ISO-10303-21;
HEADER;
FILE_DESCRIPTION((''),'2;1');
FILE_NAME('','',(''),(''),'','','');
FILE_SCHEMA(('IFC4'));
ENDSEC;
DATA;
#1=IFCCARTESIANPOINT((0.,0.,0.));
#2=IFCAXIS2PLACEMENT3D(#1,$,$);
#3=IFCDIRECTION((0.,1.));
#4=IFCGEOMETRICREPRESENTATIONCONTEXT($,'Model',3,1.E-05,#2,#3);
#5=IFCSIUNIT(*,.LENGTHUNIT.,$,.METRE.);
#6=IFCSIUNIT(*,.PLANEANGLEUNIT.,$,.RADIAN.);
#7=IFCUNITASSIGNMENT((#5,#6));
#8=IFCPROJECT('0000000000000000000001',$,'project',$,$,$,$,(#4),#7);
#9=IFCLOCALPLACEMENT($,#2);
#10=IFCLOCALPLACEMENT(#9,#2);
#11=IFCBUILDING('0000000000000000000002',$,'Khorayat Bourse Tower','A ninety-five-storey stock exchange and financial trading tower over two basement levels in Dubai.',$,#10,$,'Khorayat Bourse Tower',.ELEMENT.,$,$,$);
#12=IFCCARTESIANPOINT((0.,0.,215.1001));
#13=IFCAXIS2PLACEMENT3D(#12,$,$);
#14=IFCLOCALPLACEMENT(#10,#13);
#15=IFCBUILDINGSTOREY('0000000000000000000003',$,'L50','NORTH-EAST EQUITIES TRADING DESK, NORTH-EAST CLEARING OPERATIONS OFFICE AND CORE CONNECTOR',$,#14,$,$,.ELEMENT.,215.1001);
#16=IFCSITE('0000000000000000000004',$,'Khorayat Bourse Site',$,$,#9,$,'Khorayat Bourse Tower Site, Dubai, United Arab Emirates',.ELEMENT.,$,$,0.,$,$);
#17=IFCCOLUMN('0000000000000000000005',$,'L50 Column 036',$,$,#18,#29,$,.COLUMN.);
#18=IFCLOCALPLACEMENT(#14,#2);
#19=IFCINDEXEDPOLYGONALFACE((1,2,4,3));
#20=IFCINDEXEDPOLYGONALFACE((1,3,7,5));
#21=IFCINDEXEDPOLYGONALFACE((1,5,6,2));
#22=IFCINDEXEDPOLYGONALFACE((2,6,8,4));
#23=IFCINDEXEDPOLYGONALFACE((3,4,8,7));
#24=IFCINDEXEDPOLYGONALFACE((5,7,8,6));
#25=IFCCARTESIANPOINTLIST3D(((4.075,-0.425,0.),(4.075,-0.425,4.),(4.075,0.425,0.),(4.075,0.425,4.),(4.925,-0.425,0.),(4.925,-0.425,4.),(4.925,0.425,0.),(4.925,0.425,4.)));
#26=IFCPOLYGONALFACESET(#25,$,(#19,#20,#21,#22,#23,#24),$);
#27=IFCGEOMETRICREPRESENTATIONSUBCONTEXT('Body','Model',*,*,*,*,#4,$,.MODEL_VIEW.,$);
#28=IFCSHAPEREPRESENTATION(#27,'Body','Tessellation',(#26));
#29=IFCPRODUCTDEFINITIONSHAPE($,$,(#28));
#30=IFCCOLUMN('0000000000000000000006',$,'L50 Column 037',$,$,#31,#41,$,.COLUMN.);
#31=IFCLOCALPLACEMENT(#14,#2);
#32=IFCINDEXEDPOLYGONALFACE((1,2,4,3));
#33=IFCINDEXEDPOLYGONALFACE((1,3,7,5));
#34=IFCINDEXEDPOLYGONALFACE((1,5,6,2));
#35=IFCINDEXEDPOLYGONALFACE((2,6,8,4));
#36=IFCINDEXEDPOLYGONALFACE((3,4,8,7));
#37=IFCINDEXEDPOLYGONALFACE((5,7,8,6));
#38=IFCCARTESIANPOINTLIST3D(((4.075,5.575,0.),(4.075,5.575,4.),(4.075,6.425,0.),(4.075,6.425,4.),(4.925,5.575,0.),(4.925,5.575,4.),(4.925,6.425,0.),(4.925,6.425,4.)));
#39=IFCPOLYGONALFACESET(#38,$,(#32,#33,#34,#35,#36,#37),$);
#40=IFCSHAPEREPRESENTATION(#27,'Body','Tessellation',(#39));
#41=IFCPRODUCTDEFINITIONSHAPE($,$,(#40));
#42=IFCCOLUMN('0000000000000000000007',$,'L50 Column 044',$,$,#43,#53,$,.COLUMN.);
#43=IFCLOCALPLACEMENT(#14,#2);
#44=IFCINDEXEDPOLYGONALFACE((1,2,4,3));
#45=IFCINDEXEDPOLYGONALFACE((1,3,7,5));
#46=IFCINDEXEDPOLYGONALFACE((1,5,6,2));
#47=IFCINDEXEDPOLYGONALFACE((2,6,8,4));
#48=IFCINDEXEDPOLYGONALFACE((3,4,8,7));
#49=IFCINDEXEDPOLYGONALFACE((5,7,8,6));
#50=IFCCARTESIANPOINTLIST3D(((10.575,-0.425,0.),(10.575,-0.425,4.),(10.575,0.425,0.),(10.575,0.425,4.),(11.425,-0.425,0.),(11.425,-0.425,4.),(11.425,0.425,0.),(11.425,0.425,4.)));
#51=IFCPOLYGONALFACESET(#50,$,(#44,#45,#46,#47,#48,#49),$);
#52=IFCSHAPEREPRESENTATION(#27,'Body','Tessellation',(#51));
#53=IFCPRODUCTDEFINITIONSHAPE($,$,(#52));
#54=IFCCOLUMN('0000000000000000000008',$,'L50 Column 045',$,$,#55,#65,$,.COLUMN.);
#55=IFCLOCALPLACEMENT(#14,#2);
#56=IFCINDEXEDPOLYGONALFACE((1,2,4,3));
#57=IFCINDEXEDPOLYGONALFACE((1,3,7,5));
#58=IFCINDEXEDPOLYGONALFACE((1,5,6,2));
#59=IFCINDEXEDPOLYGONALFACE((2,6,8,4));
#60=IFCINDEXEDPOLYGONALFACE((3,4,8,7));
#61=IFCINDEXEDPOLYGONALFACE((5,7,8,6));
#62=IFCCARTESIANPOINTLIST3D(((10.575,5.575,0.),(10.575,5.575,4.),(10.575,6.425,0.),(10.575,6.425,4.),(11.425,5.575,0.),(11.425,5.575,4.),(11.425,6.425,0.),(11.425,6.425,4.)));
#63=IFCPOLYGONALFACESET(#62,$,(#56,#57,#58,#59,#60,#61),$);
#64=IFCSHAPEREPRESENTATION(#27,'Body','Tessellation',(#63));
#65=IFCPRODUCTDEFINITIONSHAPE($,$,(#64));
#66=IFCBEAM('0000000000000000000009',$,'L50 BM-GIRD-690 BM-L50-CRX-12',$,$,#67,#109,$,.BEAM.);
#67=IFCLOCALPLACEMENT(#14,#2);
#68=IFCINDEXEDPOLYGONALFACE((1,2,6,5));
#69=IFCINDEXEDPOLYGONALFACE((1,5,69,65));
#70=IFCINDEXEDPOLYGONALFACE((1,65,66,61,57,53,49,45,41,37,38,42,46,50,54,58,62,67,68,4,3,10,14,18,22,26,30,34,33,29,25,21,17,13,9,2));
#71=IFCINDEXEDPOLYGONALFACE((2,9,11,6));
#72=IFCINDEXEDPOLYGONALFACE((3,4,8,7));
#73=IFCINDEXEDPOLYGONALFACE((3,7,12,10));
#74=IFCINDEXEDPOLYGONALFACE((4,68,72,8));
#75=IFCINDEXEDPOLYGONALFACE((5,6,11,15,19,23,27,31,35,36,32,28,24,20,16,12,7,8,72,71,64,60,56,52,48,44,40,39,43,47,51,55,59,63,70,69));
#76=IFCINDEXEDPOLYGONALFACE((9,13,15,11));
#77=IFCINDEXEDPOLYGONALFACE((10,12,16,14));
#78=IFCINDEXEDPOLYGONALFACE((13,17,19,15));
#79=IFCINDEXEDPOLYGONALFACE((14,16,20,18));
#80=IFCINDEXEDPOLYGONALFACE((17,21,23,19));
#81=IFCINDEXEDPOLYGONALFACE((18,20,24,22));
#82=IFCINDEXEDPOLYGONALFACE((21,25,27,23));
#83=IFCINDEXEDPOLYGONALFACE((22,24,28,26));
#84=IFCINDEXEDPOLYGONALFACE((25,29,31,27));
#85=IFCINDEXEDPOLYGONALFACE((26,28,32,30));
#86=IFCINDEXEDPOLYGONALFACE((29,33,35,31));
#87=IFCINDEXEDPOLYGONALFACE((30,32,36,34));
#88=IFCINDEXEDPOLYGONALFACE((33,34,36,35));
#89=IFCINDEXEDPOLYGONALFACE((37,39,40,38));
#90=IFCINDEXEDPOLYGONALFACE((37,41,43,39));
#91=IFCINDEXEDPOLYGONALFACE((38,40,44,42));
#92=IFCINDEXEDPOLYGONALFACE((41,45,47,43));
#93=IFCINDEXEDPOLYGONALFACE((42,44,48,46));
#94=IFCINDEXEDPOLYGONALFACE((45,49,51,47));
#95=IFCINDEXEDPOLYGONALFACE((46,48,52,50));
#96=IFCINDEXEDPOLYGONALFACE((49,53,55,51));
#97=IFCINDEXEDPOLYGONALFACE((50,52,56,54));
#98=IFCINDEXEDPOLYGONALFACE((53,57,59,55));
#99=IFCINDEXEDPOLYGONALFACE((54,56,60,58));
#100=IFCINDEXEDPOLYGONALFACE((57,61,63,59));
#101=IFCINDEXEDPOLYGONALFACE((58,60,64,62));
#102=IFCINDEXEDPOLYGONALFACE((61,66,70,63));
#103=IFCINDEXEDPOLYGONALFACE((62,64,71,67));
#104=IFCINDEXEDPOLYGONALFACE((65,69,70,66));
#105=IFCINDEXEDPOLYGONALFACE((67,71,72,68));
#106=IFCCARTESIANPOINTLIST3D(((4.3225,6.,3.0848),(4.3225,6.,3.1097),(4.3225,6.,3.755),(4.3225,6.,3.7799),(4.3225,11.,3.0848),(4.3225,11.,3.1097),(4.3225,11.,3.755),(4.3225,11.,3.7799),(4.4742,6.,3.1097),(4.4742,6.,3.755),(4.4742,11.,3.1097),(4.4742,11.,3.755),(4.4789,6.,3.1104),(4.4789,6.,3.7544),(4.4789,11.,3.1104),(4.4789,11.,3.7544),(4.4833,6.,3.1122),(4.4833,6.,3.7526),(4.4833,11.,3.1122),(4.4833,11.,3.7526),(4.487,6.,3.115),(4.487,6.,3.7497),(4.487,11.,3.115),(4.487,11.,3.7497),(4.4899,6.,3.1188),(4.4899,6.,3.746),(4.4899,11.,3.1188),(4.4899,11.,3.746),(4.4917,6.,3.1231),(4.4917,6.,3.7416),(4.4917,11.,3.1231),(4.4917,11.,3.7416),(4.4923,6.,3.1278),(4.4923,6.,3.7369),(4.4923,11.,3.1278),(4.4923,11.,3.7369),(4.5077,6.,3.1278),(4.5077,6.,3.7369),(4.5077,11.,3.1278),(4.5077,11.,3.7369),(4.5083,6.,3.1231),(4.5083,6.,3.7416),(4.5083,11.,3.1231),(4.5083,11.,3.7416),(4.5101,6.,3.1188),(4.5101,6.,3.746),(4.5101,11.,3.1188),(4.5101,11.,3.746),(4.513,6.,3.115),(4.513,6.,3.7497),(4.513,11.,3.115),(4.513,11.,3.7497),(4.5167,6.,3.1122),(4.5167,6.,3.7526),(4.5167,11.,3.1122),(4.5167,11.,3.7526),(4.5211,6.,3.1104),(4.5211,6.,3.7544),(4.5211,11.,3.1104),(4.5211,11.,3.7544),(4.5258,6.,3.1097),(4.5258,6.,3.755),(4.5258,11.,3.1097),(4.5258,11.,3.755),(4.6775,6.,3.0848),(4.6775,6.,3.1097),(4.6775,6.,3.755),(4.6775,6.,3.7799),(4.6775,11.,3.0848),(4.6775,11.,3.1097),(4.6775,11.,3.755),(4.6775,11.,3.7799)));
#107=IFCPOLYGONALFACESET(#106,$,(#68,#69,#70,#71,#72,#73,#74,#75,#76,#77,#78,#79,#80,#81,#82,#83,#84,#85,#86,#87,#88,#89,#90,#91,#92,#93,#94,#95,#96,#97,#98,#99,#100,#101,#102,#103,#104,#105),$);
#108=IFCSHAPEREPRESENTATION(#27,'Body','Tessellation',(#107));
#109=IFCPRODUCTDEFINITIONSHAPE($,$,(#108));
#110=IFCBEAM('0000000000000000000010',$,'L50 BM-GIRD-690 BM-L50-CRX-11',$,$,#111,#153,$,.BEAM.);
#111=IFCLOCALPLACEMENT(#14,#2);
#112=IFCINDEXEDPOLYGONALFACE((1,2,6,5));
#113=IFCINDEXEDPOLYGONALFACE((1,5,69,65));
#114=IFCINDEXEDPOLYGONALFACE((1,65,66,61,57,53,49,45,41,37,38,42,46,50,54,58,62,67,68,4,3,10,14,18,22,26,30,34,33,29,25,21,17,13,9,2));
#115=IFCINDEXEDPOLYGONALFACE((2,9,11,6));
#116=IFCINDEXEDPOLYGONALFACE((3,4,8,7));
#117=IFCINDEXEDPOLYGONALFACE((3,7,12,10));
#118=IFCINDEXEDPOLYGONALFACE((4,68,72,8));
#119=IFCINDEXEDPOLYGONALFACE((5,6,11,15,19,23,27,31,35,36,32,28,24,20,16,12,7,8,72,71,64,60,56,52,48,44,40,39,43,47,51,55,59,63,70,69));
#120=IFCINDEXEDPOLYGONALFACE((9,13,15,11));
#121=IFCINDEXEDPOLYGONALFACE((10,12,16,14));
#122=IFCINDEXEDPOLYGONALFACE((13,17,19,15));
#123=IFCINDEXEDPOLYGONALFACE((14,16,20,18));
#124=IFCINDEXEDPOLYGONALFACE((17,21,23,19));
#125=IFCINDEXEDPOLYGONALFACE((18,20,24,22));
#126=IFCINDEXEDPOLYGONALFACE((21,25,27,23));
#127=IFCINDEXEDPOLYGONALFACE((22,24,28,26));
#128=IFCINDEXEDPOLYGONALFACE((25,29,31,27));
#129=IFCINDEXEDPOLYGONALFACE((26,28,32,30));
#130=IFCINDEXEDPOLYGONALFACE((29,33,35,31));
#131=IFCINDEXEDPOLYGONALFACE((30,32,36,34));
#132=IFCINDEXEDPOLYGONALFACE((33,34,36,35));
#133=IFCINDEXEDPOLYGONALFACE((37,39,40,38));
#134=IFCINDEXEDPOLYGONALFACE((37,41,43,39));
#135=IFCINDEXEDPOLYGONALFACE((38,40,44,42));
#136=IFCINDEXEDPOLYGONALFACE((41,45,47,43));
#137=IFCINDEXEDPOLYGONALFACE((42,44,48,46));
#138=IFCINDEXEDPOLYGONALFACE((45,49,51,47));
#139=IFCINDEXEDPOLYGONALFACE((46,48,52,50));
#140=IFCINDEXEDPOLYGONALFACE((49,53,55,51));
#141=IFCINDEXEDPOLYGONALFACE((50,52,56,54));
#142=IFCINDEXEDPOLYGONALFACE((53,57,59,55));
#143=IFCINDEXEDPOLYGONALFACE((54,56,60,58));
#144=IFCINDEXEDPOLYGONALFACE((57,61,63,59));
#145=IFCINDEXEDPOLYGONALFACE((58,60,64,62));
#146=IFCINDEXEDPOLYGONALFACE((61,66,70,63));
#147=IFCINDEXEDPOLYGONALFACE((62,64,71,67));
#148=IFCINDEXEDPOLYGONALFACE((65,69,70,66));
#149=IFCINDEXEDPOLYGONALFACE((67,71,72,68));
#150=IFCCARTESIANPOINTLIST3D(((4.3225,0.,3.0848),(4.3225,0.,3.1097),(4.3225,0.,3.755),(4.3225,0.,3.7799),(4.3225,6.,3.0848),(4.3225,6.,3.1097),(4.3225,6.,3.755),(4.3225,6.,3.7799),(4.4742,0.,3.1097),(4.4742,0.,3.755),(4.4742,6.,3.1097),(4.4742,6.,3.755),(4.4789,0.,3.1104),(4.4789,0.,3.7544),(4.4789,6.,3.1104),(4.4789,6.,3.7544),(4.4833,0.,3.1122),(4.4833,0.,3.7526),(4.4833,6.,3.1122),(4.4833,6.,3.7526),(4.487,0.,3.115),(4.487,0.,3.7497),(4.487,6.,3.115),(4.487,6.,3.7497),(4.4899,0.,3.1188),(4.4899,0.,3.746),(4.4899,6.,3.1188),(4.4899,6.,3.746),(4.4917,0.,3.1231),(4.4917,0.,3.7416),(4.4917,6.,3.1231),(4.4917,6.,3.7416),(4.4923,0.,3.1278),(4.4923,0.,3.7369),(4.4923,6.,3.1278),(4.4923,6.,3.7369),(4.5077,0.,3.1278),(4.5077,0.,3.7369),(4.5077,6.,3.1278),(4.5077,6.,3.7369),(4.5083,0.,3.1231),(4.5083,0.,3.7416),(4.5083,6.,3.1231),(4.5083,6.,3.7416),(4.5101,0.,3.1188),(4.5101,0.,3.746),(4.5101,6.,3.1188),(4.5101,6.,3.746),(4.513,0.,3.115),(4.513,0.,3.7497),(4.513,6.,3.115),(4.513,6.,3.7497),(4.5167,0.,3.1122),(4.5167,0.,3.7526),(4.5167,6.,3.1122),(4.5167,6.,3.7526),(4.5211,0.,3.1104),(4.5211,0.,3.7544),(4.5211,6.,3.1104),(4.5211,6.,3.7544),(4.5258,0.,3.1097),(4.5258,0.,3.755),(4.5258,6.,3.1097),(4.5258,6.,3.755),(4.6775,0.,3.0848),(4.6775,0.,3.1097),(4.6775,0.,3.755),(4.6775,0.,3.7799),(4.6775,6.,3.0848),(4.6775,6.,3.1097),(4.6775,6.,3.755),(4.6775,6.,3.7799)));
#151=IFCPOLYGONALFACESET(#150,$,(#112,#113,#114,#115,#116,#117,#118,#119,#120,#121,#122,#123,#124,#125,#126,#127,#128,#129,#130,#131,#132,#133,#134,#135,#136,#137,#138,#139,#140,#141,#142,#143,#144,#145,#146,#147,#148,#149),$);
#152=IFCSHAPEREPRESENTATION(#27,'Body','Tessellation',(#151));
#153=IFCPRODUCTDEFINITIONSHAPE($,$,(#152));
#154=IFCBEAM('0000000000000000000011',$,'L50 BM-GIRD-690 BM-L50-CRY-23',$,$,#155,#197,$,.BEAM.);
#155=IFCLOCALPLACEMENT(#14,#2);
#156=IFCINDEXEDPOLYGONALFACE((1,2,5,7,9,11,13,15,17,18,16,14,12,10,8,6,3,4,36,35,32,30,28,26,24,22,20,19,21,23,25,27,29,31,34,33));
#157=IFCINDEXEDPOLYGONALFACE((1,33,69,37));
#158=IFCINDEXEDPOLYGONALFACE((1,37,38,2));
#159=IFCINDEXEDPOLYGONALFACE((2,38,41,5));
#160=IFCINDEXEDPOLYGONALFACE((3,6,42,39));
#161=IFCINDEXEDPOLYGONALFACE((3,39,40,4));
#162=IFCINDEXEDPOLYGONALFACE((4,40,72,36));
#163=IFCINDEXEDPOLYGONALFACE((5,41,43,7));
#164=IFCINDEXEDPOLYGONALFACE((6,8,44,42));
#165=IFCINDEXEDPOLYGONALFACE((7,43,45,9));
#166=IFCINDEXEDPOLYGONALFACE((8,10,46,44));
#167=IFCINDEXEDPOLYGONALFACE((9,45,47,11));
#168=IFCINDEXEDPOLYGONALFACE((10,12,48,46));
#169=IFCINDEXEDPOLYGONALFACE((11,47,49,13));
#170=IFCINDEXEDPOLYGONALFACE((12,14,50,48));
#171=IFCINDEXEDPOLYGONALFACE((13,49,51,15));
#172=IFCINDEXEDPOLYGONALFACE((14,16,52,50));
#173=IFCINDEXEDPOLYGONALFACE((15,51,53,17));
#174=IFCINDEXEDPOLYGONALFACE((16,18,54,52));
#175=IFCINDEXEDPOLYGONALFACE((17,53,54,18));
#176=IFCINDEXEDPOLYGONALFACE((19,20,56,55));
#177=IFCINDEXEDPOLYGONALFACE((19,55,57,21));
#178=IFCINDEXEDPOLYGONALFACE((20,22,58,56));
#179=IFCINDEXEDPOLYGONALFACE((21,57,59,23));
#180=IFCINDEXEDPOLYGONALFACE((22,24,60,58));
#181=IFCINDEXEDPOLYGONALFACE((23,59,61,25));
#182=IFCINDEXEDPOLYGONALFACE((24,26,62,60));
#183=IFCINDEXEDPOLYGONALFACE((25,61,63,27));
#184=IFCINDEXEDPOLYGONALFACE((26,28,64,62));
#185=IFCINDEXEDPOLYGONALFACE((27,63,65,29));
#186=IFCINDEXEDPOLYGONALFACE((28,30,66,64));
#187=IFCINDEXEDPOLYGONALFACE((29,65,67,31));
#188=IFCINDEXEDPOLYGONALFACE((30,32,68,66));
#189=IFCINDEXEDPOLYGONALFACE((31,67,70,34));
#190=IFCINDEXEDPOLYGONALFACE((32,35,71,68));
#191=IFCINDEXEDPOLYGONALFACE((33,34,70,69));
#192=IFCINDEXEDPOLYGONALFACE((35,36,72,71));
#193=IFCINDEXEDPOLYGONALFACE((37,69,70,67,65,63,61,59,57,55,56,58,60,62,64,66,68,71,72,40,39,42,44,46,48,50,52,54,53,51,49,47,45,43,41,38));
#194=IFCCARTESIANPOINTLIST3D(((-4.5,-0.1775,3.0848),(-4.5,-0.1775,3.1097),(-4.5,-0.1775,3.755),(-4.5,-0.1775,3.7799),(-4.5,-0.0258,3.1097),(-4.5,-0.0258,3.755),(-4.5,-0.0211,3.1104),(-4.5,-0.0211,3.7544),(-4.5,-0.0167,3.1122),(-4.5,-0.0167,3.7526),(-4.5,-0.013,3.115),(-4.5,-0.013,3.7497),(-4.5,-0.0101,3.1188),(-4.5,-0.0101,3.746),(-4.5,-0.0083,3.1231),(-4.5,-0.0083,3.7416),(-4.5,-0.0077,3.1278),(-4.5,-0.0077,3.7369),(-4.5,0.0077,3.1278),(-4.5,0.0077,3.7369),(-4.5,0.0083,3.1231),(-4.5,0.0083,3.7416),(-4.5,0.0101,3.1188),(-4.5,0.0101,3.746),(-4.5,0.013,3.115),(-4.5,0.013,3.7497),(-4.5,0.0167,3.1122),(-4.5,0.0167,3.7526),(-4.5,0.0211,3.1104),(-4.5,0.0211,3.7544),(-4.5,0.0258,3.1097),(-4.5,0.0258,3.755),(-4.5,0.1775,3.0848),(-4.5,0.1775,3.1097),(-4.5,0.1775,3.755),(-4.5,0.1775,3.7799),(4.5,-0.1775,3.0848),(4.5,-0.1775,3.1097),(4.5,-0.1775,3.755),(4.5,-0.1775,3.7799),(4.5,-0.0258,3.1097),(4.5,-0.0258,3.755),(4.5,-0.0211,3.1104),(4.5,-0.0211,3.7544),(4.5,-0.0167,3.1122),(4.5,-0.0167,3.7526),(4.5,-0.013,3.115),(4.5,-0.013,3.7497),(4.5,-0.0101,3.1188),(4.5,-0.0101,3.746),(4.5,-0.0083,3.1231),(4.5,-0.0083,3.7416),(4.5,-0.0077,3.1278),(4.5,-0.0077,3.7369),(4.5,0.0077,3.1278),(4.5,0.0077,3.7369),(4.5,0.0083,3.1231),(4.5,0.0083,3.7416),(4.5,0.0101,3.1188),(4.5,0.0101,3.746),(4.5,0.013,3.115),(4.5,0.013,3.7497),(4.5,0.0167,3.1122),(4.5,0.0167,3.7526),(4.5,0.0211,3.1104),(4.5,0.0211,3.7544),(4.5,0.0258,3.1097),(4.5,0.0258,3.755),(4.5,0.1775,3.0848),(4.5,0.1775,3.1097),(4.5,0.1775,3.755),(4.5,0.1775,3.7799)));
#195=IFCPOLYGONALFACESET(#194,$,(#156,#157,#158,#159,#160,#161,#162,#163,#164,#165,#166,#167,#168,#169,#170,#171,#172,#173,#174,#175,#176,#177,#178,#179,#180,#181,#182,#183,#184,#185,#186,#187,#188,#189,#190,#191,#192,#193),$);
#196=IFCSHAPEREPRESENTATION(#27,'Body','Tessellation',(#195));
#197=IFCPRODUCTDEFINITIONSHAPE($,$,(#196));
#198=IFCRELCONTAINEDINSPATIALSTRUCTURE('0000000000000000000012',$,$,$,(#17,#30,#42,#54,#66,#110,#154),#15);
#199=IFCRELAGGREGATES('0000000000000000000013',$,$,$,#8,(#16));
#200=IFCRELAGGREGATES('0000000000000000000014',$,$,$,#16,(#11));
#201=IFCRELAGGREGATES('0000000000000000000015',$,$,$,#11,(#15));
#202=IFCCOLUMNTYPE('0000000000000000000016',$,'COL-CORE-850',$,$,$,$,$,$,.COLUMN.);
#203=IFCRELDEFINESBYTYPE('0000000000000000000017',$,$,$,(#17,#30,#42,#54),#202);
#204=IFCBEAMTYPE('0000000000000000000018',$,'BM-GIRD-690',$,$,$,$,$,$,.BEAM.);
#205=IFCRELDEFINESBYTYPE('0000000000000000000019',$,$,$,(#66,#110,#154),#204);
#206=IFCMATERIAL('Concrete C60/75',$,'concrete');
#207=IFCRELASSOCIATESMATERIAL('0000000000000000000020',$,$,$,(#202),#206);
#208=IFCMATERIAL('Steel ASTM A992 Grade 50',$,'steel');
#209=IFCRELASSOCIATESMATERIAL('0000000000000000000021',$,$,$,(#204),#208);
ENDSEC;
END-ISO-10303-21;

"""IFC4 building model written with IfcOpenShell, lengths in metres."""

from ifc_helpers import new_model, si_unit, direction, frame, origin, origin_2d, place, context, subcontext, project, spatial, rectangle, i_section, extrude, source, transform, mapped, material, material_profile, profile_set, type_object, element, save


model = new_model("IFC4")

# Units and contexts
model_context = context("Model", 3, precision=1e-05, world=origin(), true_north=direction((0.0, 1.0)))
body_context = subcontext(model_context, "Body", "Model", "MODEL_VIEW")
ifc_project = project(units=[si_unit("LENGTHUNIT", "METRE"), si_unit("PLANEANGLEUNIT", "RADIAN")], contexts=[model_context])

# Site, building, storey
site_placement = place(None, origin())
site = spatial("IfcSite", under=ifc_project, at=site_placement, Name="Khorayat Bourse Site", LongName="Khorayat Bourse Tower Site, Dubai, United Arab Emirates", CompositionType="ELEMENT", RefElevation=0.0)
building_placement = place(site_placement, origin())
building = spatial("IfcBuilding", under=site, at=building_placement, Name="Khorayat Bourse Tower", Description="A ninety-five-storey stock exchange and financial trading tower over two basement levels in Dubai.", LongName="Khorayat Bourse Tower", CompositionType="ELEMENT")
storey_placement = place(building_placement, frame((0.0, 0.0, 215.1001)))
storey = spatial("IfcBuildingStorey", under=building, at=storey_placement, Name="L50", Description="NORTH-EAST EQUITIES TRADING DESK, NORTH-EAST CLEARING OPERATIONS OFFICE AND CORE CONNECTOR", CompositionType="ELEMENT", Elevation=215.1001)

# Columns
ifc_material_1 = material(Name="Concrete C60/75", Category="concrete")
ifc_material_profile_1 = material_profile(ifc_material_1, rectangle(XDim=0.8501, YDim=0.8501, at=origin_2d()), Name="RC 850x850")
ifc_profile_set_1 = profile_set([ifc_material_profile_1], Name="Concrete C60/75")
column_type = type_object("IfcColumnType", Name="COL-CORE-850", PredefinedType="COLUMN", material=ifc_profile_set_1)
shared_shape_1 = source(origin(), body_context, "Body", "SweptSolid", [
    extrude(rectangle(XDim=0.8501, YDim=0.8501, at=origin_2d()), origin(), (0.0, 0.0, 1.0), 4.0),
])
for number, where, z_axis, x_axis, name in (
    (1, (4.5, 0.0, 0.0), (0.0, 0.0, 1.0), (1.0, 0.0, 0.0), "L50 Column 036"),
    (2, (4.5, 6.0, 0.0), (0.0, 0.0, 1.0), (1.0, 0.0, 0.0), "L50 Column 037"),
    (3, (11.0, 0.0, 0.0), (0.0, 0.0, 1.0), (1.0, 0.0, 0.0), "L50 Column 044"),
    (4, (11.0, 6.0, 0.0), (0.0, 0.0, 1.0), (1.0, 0.0, 0.0), "L50 Column 045"),
):
    element("IfcColumn", number, at=place(storey_placement, frame(where, z_axis=z_axis, x_axis=x_axis)), inside=storey, type_object=column_type, Name=name, PredefinedType="COLUMN", context=body_context, shape_type="MappedRepresentation", body=[
        mapped(shared_shape_1, transform((0.0, 0.0, 0.0), scale=1.0)),
    ])

# Beams
ifc_material_2 = material(Name="Steel ASTM A992 Grade 50", Category="steel")
ifc_material_profile_2 = material_profile(ifc_material_2, i_section(OverallWidth=0.355, OverallDepth=0.6951, WebThickness=0.0154, FlangeThickness=0.0249, FilletRadius=0.0181, at=origin_2d()), Name="W690X217")
ifc_profile_set_2 = profile_set([ifc_material_profile_2], Name="Steel ASTM A992 Grade 50")
beam_type_1 = type_object("IfcBeamType", Name="BM-GIRD-690", PredefinedType="BEAM", material=ifc_profile_set_2)
shared_shape_2 = source(origin(), body_context, "Body", "SweptSolid", [
    extrude(i_section(OverallWidth=0.355, OverallDepth=0.6951, WebThickness=0.0154, FlangeThickness=0.0249, FilletRadius=0.0181, at=origin_2d()), origin(), (0.0, 0.0, 1.0), 5.0),
])
beam_1_placement = place(storey_placement, frame((4.5, 6.0, 3.4324), z_axis=(0.0, 1.0, 0.0), x_axis=(-1.0, 0.0, 0.0)))
element("IfcBeam", 5, at=beam_1_placement, inside=storey, type_object=beam_type_1, Name="L50 BM-GIRD-690 BM-L50-CRX-12", PredefinedType="BEAM", context=body_context, shape_type="MappedRepresentation", body=[
    mapped(shared_shape_2, transform((0.0, 0.0, 0.0), scale=1.0)),
])
shared_shape_3 = source(origin(), body_context, "Body", "SweptSolid", [
    extrude(i_section(OverallWidth=0.355, OverallDepth=0.6951, WebThickness=0.0154, FlangeThickness=0.0249, FilletRadius=0.0181, at=origin_2d()), origin(), (0.0, 0.0, 1.0), 6.0),
])
beam_2_placement = place(storey_placement, frame((4.5, 0.0, 3.4324), z_axis=(0.0, 1.0, 0.0), x_axis=(-1.0, 0.0, 0.0)))
element("IfcBeam", 6, at=beam_2_placement, inside=storey, type_object=beam_type_1, Name="L50 BM-GIRD-690 BM-L50-CRX-11", PredefinedType="BEAM", context=body_context, shape_type="MappedRepresentation", body=[
    mapped(shared_shape_3, transform((0.0, 0.0, 0.0), scale=1.0)),
])
shared_shape_4 = source(origin(), body_context, "Body", "SweptSolid", [
    extrude(i_section(OverallWidth=0.355, OverallDepth=0.6951, WebThickness=0.0154, FlangeThickness=0.0249, FilletRadius=0.0181, at=origin_2d()), origin(), (0.0, 0.0, 1.0), 9.0),
])
beam_3_placement = place(storey_placement, frame((-4.5, 0.0, 3.4324), z_axis=(1.0, 0.0, 0.0), x_axis=(0.0, 1.0, 0.0)))
element("IfcBeam", 7, at=beam_3_placement, inside=storey, type_object=beam_type_1, Name="L50 BM-GIRD-690 BM-L50-CRY-23", PredefinedType="BEAM", context=body_context, shape_type="MappedRepresentation", body=[
    mapped(shared_shape_4, transform((0.0, 0.0, 0.0), scale=1.0)),
])

save(model, "model.ifc")
